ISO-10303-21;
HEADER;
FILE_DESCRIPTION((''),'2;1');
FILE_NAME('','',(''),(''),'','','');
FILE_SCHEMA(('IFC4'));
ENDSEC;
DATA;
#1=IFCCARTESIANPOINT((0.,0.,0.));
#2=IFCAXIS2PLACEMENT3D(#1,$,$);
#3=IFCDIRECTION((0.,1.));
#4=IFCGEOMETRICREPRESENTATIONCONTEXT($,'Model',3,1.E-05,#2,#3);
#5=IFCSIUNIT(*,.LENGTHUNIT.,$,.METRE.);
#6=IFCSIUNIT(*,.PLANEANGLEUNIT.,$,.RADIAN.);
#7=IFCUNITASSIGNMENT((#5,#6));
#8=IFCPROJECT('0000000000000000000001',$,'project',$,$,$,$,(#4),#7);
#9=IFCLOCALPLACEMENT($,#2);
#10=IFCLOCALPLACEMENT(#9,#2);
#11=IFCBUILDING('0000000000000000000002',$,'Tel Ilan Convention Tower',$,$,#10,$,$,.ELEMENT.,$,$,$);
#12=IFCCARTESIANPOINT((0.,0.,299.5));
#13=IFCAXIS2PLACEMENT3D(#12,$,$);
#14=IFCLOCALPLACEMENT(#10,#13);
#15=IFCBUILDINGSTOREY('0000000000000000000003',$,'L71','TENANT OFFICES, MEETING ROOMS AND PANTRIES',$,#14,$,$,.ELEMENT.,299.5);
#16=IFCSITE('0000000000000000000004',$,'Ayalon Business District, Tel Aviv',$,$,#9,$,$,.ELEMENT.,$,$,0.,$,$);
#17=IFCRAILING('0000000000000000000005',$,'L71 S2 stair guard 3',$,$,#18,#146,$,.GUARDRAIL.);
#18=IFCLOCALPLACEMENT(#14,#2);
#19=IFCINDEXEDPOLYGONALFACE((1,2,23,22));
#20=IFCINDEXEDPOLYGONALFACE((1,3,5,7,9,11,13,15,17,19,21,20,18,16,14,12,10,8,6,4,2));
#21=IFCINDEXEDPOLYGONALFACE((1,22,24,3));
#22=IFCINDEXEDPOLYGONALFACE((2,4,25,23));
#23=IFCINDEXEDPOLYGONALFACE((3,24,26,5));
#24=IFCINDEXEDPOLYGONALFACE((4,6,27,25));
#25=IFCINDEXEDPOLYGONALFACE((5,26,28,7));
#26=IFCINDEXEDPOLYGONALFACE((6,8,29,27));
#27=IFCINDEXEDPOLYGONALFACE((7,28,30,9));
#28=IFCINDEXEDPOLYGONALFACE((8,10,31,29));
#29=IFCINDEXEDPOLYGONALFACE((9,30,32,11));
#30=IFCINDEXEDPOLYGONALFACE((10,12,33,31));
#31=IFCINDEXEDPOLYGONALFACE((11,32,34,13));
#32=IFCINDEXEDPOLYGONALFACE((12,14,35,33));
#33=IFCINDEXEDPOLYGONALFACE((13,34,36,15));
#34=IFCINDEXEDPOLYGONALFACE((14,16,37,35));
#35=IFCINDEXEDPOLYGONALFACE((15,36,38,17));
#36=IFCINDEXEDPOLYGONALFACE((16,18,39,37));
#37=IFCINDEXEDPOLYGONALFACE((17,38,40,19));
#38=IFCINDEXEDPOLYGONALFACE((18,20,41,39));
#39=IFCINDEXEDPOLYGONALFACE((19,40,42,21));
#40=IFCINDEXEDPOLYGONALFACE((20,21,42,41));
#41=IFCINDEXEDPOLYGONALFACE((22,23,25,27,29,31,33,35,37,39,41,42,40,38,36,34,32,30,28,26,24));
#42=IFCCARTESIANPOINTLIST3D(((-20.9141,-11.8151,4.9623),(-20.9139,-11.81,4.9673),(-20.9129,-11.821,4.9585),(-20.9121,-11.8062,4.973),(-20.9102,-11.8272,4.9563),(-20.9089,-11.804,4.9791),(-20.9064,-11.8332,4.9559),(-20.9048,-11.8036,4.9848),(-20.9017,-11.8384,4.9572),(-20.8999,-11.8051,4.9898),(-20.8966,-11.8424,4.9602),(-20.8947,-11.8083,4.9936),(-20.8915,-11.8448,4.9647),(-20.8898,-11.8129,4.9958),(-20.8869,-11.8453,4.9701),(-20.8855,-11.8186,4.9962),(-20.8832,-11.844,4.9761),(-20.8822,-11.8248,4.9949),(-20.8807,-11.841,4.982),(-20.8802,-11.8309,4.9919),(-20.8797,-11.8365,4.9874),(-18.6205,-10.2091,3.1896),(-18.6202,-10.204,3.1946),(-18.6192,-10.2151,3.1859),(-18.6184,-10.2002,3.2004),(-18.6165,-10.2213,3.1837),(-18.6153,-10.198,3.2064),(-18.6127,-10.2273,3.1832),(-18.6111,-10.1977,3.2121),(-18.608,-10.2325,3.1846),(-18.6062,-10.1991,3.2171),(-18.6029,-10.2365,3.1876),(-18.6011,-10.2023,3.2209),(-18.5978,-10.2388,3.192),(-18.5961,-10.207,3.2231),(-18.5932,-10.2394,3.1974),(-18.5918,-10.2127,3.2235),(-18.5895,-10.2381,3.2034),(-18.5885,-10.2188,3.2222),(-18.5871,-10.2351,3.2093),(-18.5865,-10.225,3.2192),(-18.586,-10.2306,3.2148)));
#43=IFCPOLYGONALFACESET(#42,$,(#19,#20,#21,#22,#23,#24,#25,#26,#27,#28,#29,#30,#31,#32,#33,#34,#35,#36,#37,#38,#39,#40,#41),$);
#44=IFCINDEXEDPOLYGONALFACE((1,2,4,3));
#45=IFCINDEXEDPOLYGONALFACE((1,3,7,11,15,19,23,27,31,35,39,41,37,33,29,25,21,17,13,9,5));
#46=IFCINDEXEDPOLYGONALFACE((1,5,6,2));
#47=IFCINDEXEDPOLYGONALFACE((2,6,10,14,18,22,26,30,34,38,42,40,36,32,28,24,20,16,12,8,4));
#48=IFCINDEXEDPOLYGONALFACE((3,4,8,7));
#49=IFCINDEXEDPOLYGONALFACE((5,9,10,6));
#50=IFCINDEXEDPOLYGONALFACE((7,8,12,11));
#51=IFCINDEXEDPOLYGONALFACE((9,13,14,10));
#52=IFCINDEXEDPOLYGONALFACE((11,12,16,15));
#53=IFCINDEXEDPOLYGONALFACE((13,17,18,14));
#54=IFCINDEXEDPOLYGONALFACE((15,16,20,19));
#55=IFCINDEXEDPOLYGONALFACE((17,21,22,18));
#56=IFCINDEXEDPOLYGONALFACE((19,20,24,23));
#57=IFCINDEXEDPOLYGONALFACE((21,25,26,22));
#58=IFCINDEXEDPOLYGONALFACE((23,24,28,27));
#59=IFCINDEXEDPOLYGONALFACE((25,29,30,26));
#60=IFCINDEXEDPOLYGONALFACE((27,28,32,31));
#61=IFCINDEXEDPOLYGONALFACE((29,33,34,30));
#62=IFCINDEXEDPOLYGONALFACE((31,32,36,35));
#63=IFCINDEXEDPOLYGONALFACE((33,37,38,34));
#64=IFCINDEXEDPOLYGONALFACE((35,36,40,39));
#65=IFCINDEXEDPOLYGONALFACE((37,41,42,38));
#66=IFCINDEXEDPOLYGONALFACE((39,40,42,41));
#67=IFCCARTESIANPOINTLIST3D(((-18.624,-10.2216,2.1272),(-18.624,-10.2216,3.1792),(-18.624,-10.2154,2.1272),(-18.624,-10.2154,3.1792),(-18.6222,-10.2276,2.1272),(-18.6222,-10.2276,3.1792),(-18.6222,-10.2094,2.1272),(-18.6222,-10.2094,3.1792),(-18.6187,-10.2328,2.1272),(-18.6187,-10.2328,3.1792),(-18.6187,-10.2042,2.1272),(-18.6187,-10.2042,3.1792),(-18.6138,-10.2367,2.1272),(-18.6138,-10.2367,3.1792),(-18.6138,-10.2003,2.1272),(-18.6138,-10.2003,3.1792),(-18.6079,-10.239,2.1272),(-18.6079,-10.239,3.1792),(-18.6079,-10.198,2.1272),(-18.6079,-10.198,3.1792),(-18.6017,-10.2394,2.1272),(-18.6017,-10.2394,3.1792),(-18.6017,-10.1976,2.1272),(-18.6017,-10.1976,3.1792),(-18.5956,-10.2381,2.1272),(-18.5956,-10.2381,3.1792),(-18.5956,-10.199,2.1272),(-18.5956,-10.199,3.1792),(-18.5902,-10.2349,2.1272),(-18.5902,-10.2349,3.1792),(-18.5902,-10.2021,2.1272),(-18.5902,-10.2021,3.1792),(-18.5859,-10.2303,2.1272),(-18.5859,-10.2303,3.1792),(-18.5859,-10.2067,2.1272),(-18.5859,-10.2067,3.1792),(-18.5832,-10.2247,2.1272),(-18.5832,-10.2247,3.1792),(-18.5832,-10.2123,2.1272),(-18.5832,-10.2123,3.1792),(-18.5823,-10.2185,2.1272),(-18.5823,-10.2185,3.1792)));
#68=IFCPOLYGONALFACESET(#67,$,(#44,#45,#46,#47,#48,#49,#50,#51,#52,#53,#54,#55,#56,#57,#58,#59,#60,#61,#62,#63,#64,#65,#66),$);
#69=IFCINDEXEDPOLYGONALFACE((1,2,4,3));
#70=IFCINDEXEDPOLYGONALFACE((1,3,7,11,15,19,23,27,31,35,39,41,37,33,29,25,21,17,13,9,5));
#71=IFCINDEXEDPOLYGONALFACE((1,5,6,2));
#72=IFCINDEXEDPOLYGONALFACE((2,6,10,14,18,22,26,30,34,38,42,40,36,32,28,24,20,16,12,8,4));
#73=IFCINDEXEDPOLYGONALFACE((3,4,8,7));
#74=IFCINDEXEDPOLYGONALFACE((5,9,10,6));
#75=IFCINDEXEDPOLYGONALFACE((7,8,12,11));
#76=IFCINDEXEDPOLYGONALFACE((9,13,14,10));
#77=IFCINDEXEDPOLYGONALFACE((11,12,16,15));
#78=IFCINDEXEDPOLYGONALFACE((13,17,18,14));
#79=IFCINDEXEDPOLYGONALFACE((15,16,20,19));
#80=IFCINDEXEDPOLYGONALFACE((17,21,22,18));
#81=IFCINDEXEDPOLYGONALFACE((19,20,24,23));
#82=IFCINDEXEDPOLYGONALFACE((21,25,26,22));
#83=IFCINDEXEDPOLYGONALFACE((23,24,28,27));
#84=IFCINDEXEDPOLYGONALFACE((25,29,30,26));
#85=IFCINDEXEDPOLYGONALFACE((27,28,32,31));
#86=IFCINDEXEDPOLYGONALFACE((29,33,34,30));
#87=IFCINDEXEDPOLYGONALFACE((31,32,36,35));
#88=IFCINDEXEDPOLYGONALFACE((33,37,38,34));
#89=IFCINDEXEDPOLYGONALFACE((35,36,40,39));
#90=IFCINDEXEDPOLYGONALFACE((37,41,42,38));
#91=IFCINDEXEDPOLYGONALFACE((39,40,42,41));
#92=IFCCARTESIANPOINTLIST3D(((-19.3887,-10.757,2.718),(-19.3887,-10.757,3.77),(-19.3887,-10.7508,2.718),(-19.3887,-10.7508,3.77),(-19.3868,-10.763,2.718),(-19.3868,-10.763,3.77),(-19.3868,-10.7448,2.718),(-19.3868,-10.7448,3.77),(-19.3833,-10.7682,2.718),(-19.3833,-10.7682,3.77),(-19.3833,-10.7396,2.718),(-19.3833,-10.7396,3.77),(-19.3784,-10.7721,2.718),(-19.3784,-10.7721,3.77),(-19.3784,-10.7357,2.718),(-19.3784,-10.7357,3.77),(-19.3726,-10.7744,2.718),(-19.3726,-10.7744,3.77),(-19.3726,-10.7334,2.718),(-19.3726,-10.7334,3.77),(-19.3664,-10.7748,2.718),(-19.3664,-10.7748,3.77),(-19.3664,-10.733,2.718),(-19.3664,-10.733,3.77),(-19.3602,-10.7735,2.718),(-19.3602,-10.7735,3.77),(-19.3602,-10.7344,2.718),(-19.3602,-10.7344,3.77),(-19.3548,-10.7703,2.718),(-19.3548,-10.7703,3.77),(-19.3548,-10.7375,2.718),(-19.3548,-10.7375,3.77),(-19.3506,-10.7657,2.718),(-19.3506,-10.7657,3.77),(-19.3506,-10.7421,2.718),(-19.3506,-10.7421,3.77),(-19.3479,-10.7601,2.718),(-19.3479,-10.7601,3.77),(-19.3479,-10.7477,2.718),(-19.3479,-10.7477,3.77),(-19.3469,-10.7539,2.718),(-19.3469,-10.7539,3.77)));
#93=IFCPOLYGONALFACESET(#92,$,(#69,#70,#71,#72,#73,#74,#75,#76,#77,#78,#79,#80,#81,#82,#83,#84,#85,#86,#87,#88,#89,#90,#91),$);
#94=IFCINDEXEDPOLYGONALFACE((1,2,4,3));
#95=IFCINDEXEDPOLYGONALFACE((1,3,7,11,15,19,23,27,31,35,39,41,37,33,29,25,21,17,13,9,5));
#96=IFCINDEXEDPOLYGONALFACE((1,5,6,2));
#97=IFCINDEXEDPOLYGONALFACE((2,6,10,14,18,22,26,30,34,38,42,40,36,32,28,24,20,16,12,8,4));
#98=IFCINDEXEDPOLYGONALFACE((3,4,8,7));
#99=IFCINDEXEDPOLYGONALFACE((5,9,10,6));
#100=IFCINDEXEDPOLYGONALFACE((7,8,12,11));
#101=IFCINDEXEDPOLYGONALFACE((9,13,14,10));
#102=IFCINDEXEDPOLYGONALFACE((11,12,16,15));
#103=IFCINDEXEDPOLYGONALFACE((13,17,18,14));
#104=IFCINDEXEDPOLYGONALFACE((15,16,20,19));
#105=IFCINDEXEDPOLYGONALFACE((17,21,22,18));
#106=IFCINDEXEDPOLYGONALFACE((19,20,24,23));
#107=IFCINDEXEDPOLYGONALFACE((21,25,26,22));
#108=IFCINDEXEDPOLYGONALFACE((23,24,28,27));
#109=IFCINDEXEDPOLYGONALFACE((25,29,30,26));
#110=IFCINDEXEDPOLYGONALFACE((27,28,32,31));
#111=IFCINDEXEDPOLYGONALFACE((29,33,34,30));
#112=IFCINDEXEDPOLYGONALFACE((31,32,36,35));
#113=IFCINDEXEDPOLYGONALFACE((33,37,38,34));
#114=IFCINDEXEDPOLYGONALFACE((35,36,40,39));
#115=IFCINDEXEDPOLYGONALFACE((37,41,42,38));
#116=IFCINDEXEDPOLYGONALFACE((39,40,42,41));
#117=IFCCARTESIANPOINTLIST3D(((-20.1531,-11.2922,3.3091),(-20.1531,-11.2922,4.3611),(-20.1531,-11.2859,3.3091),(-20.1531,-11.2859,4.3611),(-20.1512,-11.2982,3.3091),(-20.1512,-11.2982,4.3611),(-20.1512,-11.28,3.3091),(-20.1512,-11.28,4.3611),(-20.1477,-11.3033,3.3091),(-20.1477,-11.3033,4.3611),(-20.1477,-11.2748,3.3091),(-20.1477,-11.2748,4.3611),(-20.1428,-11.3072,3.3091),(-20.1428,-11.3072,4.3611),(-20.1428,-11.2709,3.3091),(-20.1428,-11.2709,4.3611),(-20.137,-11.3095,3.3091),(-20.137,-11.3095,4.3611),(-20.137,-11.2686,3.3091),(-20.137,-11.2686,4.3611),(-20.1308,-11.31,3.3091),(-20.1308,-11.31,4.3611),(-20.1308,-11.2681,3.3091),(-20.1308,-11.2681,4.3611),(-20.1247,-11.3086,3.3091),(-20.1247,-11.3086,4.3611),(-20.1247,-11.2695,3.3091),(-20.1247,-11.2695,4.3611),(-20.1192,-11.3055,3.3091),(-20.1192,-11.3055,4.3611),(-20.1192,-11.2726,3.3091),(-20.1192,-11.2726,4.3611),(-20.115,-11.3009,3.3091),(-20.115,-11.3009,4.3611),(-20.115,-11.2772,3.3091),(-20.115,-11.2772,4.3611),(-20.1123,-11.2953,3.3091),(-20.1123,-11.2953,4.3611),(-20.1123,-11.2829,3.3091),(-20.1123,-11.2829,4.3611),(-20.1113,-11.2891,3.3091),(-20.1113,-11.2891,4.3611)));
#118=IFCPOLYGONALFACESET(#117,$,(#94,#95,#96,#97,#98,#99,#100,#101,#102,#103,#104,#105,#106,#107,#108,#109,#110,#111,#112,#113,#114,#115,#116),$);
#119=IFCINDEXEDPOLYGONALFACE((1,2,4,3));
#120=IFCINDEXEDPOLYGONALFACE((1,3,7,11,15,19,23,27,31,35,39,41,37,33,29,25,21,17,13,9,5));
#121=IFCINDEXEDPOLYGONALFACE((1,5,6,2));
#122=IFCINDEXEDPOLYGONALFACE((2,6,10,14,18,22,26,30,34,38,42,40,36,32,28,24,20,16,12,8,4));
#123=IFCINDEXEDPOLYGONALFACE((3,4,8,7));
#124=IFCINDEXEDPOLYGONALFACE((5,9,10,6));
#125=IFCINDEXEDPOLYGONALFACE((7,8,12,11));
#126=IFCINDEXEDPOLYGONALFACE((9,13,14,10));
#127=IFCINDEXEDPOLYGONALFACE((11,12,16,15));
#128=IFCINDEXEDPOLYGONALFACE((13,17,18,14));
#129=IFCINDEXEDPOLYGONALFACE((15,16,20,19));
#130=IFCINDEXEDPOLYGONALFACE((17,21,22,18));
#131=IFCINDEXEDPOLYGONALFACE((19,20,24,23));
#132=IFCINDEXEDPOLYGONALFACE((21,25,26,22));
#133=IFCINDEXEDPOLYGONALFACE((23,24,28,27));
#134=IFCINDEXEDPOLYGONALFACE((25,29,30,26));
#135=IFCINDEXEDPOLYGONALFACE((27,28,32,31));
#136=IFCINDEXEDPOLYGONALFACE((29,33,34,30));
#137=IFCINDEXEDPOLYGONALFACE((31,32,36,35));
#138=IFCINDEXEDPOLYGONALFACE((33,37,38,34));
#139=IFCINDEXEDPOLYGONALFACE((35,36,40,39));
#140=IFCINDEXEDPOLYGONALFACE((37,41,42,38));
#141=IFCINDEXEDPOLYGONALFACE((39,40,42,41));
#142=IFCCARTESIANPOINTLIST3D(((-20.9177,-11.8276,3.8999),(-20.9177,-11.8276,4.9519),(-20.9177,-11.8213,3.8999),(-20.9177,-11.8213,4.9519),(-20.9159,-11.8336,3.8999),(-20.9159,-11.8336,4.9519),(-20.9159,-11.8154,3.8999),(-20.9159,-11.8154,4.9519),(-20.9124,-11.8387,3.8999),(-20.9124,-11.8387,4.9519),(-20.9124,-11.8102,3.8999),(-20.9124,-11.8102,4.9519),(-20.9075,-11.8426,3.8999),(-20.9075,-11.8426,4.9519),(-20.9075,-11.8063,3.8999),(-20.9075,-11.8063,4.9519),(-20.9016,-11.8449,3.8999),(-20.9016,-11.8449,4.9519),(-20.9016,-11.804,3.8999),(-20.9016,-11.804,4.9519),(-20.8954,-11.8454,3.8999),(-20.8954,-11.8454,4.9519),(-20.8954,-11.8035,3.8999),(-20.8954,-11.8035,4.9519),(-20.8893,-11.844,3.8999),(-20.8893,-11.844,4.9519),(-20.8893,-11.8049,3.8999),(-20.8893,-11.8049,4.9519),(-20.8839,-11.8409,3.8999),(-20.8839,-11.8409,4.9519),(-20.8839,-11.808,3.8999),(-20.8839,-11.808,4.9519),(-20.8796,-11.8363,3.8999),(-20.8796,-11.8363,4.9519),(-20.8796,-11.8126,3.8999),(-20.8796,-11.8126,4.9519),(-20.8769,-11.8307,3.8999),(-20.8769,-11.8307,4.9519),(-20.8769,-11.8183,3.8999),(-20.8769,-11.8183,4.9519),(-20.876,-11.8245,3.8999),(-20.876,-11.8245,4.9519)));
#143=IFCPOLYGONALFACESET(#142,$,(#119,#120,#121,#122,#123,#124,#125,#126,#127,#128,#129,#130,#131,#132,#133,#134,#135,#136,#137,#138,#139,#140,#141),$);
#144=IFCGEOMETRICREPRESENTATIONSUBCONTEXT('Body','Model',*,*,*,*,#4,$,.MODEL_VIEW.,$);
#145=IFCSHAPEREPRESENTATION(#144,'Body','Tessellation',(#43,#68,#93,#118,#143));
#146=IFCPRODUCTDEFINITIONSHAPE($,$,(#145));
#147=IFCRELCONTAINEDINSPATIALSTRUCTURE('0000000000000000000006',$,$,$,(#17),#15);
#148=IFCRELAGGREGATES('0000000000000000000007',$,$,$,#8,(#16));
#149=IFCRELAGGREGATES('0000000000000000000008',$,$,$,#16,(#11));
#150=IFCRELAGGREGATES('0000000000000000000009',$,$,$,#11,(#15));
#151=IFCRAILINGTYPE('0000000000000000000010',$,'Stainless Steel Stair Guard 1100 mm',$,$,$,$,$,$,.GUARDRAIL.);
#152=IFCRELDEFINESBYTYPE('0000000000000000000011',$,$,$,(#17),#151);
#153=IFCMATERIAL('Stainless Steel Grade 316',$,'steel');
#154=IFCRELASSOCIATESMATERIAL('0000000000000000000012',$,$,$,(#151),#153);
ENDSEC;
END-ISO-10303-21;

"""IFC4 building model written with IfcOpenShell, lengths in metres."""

from ifc_helpers import new_model, si_unit, direction, frame, origin, origin_2d, place, context, subcontext, project, spatial, circle, extrude, material, type_object, element, save


model = new_model("IFC4")

# Units and contexts
model_context = context("Model", 3, precision=1e-05, world=origin(), true_north=direction((0.0, 1.0)))
body_context = subcontext(model_context, "Body", "Model", "MODEL_VIEW")
ifc_project = project(units=[si_unit("LENGTHUNIT", "METRE"), si_unit("PLANEANGLEUNIT", "RADIAN")], contexts=[model_context])

# Site, building, storey
site_placement = place(None, origin())
site = spatial("IfcSite", under=ifc_project, at=site_placement, Name="Ayalon Business District, Tel Aviv", CompositionType="ELEMENT", RefElevation=0.0)
building_placement = place(site_placement, origin())
building = spatial("IfcBuilding", under=site, at=building_placement, Name="Tel Ilan Convention Tower", CompositionType="ELEMENT")
storey_placement = place(building_placement, frame((0.0, 0.0, 299.5)))
storey = spatial("IfcBuildingStorey", under=building, at=storey_placement, Name="L71", Description="TENANT OFFICES, MEETING ROOMS AND PANTRIES", CompositionType="ELEMENT", Elevation=299.5)

# Railing
ifc_material_1 = material(Name="Stainless Steel Grade 316", Category="steel")
railing_type_1 = type_object("IfcRailingType", Name="Stainless Steel Stair Guard 1100 mm", PredefinedType="GUARDRAIL", material=ifc_material_1)
railing_1_placement = place(storey_placement, frame((-18.6033, -10.2185, 2.1272)))
element("IfcRailing", 1, at=railing_1_placement, inside=storey, type_object=railing_type_1, Name="L71 S2 stair guard 3", PredefinedType="GUARDRAIL", context=body_context, shape_type="SweptSolid", body=[
    extrude(circle(Radius=0.0239, at=origin_2d()), frame((0.0, 0.0, 1.0762), z_axis=(-0.692123, -0.484597, 0.534913), x_axis=(0.57355, -0.81917, 0.0)), (0.0, 0.0, 1.0), 3.314),
    extrude(circle(Radius=0.021, at=origin_2d()), origin(), (0.0, 0.0, 1.0), 1.052),
    extrude(circle(Radius=0.021, at=origin_2d()), frame((-0.7646, -0.5354, 0.5908)), (0.0, 0.0, 1.0), 1.052),
    extrude(circle(Radius=0.021, at=origin_2d()), frame((-1.5291, -1.0706, 1.1819)), (0.0, 0.0, 1.0), 1.052),
    extrude(circle(Radius=0.021, at=origin_2d()), frame((-2.2937, -1.606, 1.7727)), (0.0, 0.0, 1.0), 1.052),
])

save(model, "model.ifc")
